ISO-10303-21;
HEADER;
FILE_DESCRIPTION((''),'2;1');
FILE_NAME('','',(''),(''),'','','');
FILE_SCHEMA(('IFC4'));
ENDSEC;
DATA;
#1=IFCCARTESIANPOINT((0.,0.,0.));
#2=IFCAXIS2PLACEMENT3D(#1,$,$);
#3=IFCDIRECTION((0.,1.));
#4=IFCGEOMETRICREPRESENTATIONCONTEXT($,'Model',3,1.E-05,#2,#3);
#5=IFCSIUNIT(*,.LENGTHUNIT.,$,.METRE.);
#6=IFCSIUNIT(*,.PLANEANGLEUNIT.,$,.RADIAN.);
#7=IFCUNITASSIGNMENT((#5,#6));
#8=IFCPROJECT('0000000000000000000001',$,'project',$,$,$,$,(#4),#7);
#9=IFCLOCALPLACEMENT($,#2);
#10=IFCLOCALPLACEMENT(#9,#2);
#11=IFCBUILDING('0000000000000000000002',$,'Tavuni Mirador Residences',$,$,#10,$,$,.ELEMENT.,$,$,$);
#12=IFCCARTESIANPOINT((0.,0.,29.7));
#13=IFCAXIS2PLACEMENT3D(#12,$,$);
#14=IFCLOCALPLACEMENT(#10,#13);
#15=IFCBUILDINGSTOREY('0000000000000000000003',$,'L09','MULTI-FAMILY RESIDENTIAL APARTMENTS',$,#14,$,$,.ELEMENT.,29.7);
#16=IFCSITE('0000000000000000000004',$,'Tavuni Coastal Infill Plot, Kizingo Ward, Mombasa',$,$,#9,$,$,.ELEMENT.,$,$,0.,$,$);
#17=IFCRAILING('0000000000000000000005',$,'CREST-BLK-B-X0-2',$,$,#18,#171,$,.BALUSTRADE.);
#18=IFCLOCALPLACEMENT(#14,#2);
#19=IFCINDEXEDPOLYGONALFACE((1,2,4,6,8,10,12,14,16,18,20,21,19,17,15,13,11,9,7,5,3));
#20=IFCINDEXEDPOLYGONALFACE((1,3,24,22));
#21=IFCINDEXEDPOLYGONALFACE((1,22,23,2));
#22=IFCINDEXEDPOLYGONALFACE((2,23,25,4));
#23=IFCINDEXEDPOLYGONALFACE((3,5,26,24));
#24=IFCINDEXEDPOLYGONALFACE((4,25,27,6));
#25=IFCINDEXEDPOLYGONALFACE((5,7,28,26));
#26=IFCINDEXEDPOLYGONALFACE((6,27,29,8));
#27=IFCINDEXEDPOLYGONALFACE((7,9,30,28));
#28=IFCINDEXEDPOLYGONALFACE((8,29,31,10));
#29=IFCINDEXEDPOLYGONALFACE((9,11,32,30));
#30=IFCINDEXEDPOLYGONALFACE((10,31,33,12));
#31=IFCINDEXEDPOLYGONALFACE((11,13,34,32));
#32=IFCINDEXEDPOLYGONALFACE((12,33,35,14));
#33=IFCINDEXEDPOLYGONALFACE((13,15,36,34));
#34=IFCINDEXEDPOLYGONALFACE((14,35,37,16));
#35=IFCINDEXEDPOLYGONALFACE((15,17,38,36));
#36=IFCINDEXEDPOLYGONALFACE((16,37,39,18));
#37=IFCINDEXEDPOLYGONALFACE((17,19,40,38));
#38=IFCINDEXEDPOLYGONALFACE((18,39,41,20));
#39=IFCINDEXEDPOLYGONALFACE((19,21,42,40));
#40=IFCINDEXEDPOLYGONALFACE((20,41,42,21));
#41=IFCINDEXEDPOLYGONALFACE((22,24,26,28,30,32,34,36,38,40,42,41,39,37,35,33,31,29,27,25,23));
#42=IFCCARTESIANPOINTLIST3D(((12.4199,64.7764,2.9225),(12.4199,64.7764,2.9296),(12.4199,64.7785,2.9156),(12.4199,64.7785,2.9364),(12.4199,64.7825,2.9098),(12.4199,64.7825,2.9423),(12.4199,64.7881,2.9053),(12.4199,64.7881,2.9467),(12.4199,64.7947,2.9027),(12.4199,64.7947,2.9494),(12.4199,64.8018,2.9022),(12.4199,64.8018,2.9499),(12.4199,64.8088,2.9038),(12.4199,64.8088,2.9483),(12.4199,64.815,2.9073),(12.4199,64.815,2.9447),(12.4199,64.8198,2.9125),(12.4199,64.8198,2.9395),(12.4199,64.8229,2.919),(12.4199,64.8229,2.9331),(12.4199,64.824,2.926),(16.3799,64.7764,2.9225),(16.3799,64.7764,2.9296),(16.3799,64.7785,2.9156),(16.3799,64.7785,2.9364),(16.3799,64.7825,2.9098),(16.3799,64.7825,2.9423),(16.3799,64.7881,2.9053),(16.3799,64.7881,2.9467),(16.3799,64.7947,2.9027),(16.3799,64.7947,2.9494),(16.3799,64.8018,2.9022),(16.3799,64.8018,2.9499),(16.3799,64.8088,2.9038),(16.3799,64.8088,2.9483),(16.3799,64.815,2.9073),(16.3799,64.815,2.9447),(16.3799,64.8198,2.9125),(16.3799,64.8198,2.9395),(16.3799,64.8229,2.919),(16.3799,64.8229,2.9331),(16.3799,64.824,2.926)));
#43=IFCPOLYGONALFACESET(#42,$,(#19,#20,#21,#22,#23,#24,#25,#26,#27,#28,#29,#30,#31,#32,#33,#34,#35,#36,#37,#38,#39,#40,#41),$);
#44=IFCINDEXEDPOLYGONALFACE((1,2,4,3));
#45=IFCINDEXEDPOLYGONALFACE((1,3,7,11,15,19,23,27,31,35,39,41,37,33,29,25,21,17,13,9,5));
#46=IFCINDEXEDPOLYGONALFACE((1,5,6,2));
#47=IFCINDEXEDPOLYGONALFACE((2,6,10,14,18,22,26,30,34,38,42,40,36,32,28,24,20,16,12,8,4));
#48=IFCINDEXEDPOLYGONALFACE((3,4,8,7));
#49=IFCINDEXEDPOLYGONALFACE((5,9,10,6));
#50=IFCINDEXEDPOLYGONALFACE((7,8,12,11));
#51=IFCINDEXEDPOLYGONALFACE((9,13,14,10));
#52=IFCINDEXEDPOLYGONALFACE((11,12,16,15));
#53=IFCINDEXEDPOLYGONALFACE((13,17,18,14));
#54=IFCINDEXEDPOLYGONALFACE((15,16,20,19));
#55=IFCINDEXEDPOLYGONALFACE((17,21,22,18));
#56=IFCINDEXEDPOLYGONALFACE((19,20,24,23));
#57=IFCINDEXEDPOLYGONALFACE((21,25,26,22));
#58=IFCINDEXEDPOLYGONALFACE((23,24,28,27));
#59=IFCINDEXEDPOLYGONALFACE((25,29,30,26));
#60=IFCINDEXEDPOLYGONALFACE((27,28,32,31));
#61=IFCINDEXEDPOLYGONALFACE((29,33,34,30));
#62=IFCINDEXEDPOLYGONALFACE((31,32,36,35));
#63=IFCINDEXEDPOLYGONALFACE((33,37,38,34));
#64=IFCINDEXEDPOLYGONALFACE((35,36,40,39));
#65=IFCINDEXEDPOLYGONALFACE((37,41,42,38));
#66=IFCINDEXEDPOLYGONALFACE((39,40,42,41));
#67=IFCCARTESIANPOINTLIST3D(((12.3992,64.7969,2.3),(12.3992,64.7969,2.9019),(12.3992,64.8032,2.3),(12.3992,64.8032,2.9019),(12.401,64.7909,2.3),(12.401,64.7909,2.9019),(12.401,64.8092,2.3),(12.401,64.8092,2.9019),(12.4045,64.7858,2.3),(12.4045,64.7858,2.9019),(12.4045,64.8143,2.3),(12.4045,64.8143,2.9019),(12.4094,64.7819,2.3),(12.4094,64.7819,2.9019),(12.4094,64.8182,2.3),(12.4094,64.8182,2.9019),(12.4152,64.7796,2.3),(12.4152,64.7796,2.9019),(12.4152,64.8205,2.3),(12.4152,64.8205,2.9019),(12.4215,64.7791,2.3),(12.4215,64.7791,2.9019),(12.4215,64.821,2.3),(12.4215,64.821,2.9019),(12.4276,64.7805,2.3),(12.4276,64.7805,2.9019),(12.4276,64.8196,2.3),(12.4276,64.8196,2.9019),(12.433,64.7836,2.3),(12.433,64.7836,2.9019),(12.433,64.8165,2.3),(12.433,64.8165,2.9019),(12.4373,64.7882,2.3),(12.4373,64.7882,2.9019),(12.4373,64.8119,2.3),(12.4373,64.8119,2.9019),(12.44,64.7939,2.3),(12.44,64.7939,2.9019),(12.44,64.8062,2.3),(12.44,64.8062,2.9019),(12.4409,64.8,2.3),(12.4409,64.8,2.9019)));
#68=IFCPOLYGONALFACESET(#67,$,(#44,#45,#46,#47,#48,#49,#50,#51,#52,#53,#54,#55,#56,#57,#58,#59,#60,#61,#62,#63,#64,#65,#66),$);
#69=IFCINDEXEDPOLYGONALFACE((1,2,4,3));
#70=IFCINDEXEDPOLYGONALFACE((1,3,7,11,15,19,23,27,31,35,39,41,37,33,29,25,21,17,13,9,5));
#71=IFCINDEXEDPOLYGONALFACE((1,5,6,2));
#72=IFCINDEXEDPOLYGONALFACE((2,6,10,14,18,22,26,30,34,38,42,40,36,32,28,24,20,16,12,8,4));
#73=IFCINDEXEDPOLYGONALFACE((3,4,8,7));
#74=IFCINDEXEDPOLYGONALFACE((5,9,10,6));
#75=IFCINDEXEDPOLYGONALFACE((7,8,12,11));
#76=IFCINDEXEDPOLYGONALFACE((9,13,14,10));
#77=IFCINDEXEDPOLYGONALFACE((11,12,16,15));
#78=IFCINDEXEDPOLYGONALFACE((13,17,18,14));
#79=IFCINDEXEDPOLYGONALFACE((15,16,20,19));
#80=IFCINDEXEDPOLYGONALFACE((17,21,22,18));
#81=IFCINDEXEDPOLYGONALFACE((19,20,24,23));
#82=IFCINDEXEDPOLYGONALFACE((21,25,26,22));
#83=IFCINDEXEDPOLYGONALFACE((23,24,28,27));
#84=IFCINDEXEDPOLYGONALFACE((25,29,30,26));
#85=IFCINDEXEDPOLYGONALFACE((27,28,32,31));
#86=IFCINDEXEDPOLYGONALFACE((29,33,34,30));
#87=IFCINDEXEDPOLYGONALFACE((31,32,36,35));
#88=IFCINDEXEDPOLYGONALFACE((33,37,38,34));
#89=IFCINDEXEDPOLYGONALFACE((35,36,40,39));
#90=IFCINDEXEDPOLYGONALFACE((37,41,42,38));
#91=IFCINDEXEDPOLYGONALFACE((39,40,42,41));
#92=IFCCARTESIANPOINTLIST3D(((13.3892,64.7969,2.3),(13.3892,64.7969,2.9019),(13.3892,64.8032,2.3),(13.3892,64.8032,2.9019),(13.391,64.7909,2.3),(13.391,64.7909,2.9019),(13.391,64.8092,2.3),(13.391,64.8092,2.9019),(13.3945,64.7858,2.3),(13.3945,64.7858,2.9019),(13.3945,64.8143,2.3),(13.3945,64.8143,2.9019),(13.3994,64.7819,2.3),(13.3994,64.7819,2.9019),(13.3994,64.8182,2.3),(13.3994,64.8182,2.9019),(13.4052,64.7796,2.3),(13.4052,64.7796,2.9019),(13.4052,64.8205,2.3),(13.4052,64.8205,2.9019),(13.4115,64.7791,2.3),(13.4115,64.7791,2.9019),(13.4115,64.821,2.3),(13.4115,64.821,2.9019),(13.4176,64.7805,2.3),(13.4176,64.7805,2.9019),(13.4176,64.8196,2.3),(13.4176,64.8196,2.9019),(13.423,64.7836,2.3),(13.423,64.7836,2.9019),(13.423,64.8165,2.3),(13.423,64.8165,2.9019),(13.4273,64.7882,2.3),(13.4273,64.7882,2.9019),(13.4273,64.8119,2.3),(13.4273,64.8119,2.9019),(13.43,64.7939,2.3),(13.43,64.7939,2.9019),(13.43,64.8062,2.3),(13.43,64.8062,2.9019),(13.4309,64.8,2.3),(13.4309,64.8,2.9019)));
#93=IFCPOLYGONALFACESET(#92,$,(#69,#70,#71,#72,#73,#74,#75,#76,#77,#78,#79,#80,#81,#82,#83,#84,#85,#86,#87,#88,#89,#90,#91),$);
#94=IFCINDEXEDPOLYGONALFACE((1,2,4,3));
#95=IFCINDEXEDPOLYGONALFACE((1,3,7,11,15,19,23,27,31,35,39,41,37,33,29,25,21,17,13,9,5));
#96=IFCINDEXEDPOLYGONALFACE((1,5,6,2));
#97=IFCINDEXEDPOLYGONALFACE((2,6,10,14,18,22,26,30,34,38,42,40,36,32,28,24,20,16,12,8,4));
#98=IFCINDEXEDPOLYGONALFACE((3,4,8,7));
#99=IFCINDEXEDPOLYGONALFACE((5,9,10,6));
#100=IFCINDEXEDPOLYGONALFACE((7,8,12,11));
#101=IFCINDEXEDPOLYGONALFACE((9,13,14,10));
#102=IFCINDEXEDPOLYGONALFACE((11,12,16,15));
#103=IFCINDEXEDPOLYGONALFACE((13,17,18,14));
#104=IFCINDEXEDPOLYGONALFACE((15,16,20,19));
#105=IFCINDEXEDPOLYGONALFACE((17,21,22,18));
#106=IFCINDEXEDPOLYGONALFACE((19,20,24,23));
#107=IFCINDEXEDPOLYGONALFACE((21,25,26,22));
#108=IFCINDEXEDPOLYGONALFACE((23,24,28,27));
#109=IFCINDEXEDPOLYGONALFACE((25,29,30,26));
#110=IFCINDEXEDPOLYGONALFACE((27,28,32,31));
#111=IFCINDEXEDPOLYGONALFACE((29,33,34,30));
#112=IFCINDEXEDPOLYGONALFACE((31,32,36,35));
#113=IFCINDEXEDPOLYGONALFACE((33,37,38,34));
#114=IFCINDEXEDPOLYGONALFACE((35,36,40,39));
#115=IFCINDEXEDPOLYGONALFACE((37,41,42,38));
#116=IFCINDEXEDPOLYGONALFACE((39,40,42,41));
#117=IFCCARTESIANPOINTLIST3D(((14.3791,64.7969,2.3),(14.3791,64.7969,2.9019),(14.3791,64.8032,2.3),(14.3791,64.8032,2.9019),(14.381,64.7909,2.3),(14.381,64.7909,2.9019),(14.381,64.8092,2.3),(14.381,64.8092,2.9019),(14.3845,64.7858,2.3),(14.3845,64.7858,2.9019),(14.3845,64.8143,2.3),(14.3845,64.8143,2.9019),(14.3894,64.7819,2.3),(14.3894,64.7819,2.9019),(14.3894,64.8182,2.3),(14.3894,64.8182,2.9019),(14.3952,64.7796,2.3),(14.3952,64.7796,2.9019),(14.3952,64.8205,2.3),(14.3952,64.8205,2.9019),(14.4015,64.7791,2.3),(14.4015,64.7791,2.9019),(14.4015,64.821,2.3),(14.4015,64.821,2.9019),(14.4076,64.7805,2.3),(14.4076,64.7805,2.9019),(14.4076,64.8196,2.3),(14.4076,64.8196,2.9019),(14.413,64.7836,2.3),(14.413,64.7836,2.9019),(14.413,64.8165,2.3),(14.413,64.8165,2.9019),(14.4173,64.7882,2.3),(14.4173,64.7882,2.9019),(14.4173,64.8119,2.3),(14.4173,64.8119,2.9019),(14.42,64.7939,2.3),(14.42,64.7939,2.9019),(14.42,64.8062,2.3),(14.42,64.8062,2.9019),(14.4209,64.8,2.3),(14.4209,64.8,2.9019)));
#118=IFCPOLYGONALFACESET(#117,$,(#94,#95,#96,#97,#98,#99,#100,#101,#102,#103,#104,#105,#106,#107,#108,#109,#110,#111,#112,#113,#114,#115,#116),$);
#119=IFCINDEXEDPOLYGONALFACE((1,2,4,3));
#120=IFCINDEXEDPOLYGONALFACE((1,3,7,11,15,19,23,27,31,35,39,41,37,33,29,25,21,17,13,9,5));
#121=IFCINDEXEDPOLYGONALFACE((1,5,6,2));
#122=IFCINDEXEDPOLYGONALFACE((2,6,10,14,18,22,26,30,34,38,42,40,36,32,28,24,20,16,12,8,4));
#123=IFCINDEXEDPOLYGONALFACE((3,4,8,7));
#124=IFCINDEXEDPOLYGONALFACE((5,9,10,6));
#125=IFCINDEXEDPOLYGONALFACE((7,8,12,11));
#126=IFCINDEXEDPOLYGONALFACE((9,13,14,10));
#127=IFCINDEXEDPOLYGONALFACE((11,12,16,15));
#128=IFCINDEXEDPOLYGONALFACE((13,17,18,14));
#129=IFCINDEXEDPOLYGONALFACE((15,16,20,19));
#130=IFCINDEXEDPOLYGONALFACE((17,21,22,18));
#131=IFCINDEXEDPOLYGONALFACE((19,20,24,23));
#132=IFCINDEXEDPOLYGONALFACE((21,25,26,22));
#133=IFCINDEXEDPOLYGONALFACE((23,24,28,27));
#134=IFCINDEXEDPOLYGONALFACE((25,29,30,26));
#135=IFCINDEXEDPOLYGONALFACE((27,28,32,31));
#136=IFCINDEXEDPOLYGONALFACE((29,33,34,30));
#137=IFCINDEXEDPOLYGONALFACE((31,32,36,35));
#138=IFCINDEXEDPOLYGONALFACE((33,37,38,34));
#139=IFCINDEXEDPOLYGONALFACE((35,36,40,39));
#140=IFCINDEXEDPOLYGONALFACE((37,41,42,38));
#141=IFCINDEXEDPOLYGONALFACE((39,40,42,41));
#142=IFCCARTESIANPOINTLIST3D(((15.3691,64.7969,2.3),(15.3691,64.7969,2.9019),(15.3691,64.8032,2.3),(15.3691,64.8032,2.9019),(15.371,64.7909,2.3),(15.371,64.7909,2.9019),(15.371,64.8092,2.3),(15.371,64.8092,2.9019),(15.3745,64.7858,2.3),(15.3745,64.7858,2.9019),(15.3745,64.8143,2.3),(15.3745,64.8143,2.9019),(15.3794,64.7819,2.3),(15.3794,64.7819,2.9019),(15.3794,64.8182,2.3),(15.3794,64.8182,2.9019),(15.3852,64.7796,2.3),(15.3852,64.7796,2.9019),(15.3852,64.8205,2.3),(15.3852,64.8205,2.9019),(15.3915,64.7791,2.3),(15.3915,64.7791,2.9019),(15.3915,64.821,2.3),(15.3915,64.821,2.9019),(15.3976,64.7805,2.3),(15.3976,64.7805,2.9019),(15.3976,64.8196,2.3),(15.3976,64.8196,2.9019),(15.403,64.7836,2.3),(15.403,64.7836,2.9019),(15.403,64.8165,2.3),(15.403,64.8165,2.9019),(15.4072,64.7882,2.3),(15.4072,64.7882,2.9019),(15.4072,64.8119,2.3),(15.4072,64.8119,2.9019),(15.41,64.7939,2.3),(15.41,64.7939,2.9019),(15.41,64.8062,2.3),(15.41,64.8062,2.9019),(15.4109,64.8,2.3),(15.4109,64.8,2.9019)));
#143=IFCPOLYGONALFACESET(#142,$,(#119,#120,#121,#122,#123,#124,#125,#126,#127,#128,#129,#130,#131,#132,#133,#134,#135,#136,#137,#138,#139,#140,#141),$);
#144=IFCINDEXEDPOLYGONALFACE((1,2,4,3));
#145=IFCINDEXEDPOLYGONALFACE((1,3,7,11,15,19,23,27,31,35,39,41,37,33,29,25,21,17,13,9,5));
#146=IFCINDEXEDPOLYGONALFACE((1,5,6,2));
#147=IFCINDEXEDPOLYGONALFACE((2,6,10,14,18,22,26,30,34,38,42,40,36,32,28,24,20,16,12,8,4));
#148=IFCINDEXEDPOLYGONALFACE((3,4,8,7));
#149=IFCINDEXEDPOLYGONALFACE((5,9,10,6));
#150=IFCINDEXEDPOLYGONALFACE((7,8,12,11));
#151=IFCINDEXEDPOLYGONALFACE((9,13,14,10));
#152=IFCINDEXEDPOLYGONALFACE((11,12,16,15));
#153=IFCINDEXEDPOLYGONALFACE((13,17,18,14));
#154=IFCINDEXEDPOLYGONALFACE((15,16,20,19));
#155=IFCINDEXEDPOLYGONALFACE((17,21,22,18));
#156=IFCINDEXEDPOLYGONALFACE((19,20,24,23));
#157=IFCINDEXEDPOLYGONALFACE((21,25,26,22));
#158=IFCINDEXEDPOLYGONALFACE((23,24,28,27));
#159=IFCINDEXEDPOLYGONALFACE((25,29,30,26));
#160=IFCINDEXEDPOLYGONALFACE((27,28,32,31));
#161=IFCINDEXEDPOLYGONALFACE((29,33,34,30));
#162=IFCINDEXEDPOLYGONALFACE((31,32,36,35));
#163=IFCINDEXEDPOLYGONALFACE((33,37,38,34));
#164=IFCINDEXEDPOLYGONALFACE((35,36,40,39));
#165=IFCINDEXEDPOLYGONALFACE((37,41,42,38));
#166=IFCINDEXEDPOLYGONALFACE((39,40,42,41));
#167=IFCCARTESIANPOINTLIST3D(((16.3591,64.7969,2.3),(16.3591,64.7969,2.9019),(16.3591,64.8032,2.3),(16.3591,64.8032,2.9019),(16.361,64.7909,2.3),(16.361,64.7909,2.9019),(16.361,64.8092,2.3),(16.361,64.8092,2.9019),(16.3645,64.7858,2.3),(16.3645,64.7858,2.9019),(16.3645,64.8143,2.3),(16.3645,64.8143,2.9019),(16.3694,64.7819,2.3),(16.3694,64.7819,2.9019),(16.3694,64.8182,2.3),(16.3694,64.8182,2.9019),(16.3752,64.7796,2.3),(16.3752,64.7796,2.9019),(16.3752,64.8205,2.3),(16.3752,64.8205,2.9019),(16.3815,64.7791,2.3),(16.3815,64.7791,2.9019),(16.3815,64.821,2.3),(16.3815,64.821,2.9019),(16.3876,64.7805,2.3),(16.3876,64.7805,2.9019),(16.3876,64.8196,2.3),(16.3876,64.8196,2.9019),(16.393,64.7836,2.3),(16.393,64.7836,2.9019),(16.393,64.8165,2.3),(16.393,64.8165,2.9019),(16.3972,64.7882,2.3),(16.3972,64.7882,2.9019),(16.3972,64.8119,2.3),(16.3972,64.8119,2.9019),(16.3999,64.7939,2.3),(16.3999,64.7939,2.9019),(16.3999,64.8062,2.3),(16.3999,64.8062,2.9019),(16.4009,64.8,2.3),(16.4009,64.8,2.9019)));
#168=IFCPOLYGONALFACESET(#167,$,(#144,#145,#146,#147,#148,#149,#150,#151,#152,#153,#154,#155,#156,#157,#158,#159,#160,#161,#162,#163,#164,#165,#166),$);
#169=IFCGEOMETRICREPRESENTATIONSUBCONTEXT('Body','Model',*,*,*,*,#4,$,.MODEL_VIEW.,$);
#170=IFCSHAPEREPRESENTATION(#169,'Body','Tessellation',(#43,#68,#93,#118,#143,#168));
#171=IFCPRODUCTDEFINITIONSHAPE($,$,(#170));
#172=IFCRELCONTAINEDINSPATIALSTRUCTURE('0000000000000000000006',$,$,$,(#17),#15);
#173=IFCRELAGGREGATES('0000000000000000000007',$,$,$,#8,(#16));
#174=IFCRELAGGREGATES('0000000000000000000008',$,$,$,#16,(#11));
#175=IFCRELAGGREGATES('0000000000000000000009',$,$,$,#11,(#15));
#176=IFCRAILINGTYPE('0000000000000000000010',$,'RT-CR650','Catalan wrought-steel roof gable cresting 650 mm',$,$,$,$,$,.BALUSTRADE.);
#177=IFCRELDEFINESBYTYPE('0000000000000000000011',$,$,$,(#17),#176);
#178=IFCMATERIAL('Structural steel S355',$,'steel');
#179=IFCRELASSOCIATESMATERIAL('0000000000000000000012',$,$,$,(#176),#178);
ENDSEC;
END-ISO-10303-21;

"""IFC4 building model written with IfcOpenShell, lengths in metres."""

from ifc_helpers import new_model, si_unit, direction, frame, origin, origin_2d, place, context, subcontext, project, spatial, circle, extrude, material, type_object, element, save


model = new_model("IFC4")

# Units and contexts
model_context = context("Model", 3, precision=1e-05, world=origin(), true_north=direction((0.0, 1.0)))
body_context = subcontext(model_context, "Body", "Model", "MODEL_VIEW")
ifc_project = project(units=[si_unit("LENGTHUNIT", "METRE"), si_unit("PLANEANGLEUNIT", "RADIAN")], contexts=[model_context])

# Site, building, storey
site_placement = place(None, origin())
site = spatial("IfcSite", under=ifc_project, at=site_placement, Name="Tavuni Coastal Infill Plot, Kizingo Ward, Mombasa", CompositionType="ELEMENT", RefElevation=0.0)
building_placement = place(site_placement, origin())
building = spatial("IfcBuilding", under=site, at=building_placement, Name="Tavuni Mirador Residences", CompositionType="ELEMENT")
storey_placement = place(building_placement, frame((0.0, 0.0, 29.7)))
storey = spatial("IfcBuildingStorey", under=building, at=storey_placement, Name="L09", Description="MULTI-FAMILY RESIDENTIAL APARTMENTS", CompositionType="ELEMENT", Elevation=29.7)

# Shared definitions
ifc_material_1 = material(Name="Structural steel S355", Category="steel")

# Railing
railing_type = type_object("IfcRailingType", Name="RT-CR650", Description="Catalan wrought-steel roof gable cresting 650 mm", PredefinedType="BALUSTRADE", material=ifc_material_1)
for number, where, name in (
    (1, (12.4199, 64.8, 2.3), "CREST-BLK-B-X0-2"),
):
    element("IfcRailing", number, at=place(storey_placement, frame(where)), inside=storey, type_object=railing_type, Name=name, PredefinedType="BALUSTRADE", context=body_context, shape_type="SweptSolid", body=[
        extrude(circle(Radius=0.0239, at=origin_2d()), frame((0.0, 0.0, 0.626), z_axis=(1.0, 0.0, 0.0), x_axis=(0.0, 1.0, 0.0)), (0.0, 0.0, 1.0), 3.96),
        extrude(circle(Radius=0.021, at=origin_2d()), origin(), (0.0, 0.0, 1.0), 0.6018),
        extrude(circle(Radius=0.021, at=origin_2d()), frame((0.99, 0.0, 0.0)), (0.0, 0.0, 1.0), 0.6018),
        extrude(circle(Radius=0.021, at=origin_2d()), frame((1.98, 0.0, 0.0)), (0.0, 0.0, 1.0), 0.6018),
        extrude(circle(Radius=0.021, at=origin_2d()), frame((2.97, 0.0, 0.0)), (0.0, 0.0, 1.0), 0.6018),
        extrude(circle(Radius=0.021, at=origin_2d()), frame((3.96, 0.0, 0.0)), (0.0, 0.0, 1.0), 0.6018),
    ])

save(model, "model.ifc")
